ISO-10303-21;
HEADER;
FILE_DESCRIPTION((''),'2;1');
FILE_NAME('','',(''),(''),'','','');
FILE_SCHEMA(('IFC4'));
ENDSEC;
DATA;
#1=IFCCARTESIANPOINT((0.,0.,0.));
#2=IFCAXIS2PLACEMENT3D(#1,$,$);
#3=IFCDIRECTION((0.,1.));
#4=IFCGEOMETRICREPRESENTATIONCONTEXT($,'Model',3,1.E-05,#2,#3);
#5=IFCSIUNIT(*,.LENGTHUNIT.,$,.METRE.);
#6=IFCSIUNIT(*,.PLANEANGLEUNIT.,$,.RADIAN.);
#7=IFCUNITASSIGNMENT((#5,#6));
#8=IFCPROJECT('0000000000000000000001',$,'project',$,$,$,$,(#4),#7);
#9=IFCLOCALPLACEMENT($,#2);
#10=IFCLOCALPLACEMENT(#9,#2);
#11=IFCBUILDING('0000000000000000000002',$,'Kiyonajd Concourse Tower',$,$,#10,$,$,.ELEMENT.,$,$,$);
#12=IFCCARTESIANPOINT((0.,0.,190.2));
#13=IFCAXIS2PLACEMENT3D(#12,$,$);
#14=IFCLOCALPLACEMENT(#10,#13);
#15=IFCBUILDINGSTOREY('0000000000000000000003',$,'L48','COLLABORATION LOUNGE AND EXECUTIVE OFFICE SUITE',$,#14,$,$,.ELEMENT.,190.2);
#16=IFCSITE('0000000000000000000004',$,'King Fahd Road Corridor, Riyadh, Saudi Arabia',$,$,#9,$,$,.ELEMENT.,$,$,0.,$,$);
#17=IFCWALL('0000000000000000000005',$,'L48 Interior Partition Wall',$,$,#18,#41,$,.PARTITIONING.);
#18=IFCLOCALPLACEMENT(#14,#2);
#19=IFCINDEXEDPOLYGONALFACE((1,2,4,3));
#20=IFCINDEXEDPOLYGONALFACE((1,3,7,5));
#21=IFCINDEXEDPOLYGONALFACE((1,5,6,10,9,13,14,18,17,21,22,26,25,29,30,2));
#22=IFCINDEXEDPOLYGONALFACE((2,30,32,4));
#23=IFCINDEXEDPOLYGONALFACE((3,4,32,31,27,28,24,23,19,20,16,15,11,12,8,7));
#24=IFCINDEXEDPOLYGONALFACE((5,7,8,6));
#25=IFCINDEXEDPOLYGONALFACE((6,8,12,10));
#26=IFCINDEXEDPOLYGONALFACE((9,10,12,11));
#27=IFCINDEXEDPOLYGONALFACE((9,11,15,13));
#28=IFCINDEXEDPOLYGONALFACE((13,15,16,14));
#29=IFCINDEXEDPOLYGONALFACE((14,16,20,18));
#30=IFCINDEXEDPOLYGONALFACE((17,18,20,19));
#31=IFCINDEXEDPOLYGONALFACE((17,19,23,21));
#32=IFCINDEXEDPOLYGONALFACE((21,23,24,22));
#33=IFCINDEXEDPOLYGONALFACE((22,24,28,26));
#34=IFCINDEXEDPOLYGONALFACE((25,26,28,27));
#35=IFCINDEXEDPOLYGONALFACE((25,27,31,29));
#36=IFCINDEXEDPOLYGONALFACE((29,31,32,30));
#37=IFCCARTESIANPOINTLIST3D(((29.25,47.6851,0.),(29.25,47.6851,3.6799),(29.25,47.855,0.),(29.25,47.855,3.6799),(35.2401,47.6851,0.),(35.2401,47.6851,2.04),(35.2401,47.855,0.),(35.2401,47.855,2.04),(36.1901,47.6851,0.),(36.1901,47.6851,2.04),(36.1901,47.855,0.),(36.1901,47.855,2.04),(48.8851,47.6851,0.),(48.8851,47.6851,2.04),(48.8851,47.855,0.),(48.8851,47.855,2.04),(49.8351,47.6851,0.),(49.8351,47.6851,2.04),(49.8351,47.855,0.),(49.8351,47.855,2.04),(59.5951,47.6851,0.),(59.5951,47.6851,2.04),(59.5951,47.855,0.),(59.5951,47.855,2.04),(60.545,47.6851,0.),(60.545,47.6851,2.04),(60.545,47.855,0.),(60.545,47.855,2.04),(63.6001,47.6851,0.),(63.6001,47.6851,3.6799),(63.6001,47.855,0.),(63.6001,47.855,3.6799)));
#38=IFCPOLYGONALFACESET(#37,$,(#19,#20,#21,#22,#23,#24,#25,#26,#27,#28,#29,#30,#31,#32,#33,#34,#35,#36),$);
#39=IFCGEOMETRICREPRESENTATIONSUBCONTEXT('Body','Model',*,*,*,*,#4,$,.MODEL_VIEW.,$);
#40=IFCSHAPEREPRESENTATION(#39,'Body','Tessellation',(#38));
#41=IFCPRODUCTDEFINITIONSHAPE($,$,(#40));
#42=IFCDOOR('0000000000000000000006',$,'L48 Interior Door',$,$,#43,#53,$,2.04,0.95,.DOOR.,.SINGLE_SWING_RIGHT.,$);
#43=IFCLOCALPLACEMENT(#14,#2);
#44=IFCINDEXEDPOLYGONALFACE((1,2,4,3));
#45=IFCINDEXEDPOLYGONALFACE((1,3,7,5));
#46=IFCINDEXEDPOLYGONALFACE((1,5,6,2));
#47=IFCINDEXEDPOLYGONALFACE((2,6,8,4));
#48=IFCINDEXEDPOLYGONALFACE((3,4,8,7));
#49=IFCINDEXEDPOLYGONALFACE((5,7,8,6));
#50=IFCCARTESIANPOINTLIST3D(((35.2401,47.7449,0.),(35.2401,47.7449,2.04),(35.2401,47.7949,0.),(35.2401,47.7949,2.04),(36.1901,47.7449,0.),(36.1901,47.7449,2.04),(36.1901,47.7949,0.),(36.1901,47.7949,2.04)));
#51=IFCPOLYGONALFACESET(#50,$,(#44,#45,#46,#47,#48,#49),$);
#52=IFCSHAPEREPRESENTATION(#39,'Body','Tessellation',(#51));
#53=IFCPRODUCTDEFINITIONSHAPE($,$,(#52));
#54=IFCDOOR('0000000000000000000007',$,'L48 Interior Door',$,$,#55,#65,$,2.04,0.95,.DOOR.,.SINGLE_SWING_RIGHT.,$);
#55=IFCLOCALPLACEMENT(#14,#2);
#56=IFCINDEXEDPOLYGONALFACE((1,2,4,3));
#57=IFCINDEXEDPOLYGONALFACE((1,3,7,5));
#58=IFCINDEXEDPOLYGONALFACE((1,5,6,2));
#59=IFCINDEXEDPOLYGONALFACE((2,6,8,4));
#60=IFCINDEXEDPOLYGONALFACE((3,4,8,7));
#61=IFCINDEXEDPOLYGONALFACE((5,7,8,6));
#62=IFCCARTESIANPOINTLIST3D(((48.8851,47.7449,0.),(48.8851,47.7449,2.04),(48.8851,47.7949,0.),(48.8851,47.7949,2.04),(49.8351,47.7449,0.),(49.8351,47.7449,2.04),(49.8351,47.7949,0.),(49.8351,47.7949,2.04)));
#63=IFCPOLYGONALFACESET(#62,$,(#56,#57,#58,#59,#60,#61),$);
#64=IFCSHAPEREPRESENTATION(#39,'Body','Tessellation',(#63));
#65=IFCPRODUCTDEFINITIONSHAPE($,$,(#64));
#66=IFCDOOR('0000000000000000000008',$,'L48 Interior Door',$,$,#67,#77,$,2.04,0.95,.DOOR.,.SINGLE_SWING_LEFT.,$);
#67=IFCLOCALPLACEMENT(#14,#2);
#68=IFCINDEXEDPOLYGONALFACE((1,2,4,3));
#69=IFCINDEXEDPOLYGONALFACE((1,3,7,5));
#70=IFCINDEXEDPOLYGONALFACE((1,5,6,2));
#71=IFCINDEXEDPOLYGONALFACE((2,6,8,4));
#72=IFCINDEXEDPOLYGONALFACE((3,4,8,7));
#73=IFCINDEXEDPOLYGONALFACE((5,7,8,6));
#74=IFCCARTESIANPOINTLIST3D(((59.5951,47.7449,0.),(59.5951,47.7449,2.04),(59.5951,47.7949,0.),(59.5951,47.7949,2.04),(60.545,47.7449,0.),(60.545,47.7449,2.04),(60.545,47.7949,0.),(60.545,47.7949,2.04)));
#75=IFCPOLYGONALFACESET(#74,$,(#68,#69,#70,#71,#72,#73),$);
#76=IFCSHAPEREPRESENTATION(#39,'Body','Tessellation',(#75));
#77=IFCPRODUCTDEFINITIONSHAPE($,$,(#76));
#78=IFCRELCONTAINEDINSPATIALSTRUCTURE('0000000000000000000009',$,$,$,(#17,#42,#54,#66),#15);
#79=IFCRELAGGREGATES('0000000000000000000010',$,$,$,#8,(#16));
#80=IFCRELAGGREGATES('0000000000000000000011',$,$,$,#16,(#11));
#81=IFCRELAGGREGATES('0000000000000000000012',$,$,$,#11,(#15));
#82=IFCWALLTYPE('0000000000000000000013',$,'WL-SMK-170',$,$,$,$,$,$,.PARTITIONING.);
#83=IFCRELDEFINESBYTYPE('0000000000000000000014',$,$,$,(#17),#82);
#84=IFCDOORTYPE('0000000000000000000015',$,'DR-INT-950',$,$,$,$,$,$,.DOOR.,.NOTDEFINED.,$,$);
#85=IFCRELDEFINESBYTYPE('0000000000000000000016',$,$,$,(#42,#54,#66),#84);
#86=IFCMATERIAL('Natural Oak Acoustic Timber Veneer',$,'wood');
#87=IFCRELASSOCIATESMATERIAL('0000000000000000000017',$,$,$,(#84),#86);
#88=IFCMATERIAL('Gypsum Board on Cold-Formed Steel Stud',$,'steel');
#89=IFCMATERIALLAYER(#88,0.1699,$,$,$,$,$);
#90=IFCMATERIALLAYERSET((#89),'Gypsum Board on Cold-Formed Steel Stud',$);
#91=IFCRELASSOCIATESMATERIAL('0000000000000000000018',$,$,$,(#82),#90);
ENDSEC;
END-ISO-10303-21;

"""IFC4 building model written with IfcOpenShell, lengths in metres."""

from ifc_helpers import new_model, si_unit, direction, frame, frame_2d, origin, place, context, subcontext, project, spatial, rectangle, extrude, material, layer, layer_set, type_object, element, fill, save


model = new_model("IFC4")

# Units and contexts
model_context = context("Model", 3, precision=1e-05, world=origin(), true_north=direction((0.0, 1.0)))
body_context = subcontext(model_context, "Body", "Model", "MODEL_VIEW")
ifc_project = project(units=[si_unit("LENGTHUNIT", "METRE"), si_unit("PLANEANGLEUNIT", "RADIAN")], contexts=[model_context])

# Site, building, storey
site_placement = place(None, origin())
site = spatial("IfcSite", under=ifc_project, at=site_placement, Name="King Fahd Road Corridor, Riyadh, Saudi Arabia", CompositionType="ELEMENT", RefElevation=0.0)
building_placement = place(site_placement, origin())
building = spatial("IfcBuilding", under=site, at=building_placement, Name="Kiyonajd Concourse Tower", CompositionType="ELEMENT")
storey_placement = place(building_placement, frame((0.0, 0.0, 190.2)))
storey = spatial("IfcBuildingStorey", under=building, at=storey_placement, Name="L48", Description="COLLABORATION LOUNGE AND EXECUTIVE OFFICE SUITE", CompositionType="ELEMENT", Elevation=190.2)

# Shared definitions
ifc_material_1 = material(Name="Natural Oak Acoustic Timber Veneer", Category="wood")
door_type_1 = type_object("IfcDoorType", Name="DR-INT-950", OperationType="NOTDEFINED", PredefinedType="DOOR", material=ifc_material_1)

# Shared definitions
ifc_material_2 = material(Name="Gypsum Board on Cold-Formed Steel Stud", Category="steel")

# Wall, openings, doors
ifc_layer_1 = layer(ifc_material_2, 0.1699)
ifc_layer_set_1 = layer_set([ifc_layer_1], Name="Gypsum Board on Cold-Formed Steel Stud")
wall_type_1 = type_object("IfcWallType", Name="WL-SMK-170", PredefinedType="PARTITIONING", material=ifc_layer_set_1)
wall_1_placement = place(storey_placement, frame((29.25, 47.77, 0.0), z_axis=(0.0, 0.0, 1.0), x_axis=(1.0, 0.0, 0.0)))
wall_1 = element("IfcWall", 1, at=wall_1_placement, inside=storey, type_object=wall_type_1, Name="L48 Interior Partition Wall", PredefinedType="PARTITIONING", context=body_context, shape_type="SweptSolid", body=[
    extrude(rectangle(XDim=34.3501, YDim=0.1699, at=frame_2d((17.175, 0.0))), origin(), (0.0, 0.0, 1.0), 3.6799),
])
opening_1_placement = place(wall_1_placement, frame((5.99, 0.0, 0.0)))
opening_1 = element("IfcOpeningElement", 2, at=opening_1_placement, cuts=wall_1, PredefinedType="OPENING", context=body_context, shape_type="SweptSolid", body=[
    extrude(rectangle(XDim=0.95, YDim=2.04, at=frame_2d((0.4751, 1.02))), frame((0.0, 0.095, 0.0), z_axis=(0.0, -1.0, 0.0), x_axis=(1.0, 0.0, 0.0)), (0.0, 0.0, 1.0), 0.1899),
])
opening_2_placement = place(wall_1_placement, frame((19.635, 0.0, 0.0)))
opening_2 = element("IfcOpeningElement", 3, at=opening_2_placement, cuts=wall_1, PredefinedType="OPENING", context=body_context, shape_type="SweptSolid", body=[
    extrude(rectangle(XDim=0.95, YDim=2.04, at=frame_2d((0.4751, 1.02))), frame((0.0, 0.095, 0.0), z_axis=(0.0, -1.0, 0.0), x_axis=(1.0, 0.0, 0.0)), (0.0, 0.0, 1.0), 0.1899),
])
opening_3_placement = place(wall_1_placement, frame((30.345, 0.0, 0.0)))
opening_3 = element("IfcOpeningElement", 4, at=opening_3_placement, cuts=wall_1, PredefinedType="OPENING", context=body_context, shape_type="SweptSolid", body=[
    extrude(rectangle(XDim=0.95, YDim=2.04, at=frame_2d((0.4751, 1.02))), frame((0.0, 0.095, 0.0), z_axis=(0.0, -1.0, 0.0), x_axis=(1.0, 0.0, 0.0)), (0.0, 0.0, 1.0), 0.1899),
])
door_1_placement = place(opening_1_placement, origin())
door_1 = element("IfcDoor", 5, at=door_1_placement, inside=storey, type_object=door_type_1, Name="L48 Interior Door", OperationType="SINGLE_SWING_RIGHT", OverallHeight=2.04, OverallWidth=0.95, PredefinedType="DOOR", context=body_context, shape_type="SweptSolid", body=[
    extrude(rectangle(XDim=0.95, YDim=2.04, at=frame_2d((0.4751, 1.02))), frame((0.0, 0.0249, 0.0), z_axis=(0.0, -1.0, 0.0), x_axis=(1.0, 0.0, 0.0)), (0.0, 0.0, 1.0), 0.05),
])
fill(opening_1, door_1)
door_2_placement = place(opening_2_placement, origin())
door_2 = element("IfcDoor", 6, at=door_2_placement, inside=storey, type_object=door_type_1, Name="L48 Interior Door", OperationType="SINGLE_SWING_RIGHT", OverallHeight=2.04, OverallWidth=0.95, PredefinedType="DOOR", context=body_context, shape_type="SweptSolid", body=[
    extrude(rectangle(XDim=0.95, YDim=2.04, at=frame_2d((0.4751, 1.02))), frame((0.0, 0.0249, 0.0), z_axis=(0.0, -1.0, 0.0), x_axis=(1.0, 0.0, 0.0)), (0.0, 0.0, 1.0), 0.05),
])
fill(opening_2, door_2)
door_3_placement = place(opening_3_placement, origin())
door_3 = element("IfcDoor", 7, at=door_3_placement, inside=storey, type_object=door_type_1, Name="L48 Interior Door", OperationType="SINGLE_SWING_LEFT", OverallHeight=2.04, OverallWidth=0.95, PredefinedType="DOOR", context=body_context, shape_type="SweptSolid", body=[
    extrude(rectangle(XDim=0.95, YDim=2.04, at=frame_2d((0.4751, 1.02))), frame((0.0, 0.0249, 0.0), z_axis=(0.0, -1.0, 0.0), x_axis=(1.0, 0.0, 0.0)), (0.0, 0.0, 1.0), 0.05),
])
fill(opening_3, door_3)

save(model, "model.ifc")
